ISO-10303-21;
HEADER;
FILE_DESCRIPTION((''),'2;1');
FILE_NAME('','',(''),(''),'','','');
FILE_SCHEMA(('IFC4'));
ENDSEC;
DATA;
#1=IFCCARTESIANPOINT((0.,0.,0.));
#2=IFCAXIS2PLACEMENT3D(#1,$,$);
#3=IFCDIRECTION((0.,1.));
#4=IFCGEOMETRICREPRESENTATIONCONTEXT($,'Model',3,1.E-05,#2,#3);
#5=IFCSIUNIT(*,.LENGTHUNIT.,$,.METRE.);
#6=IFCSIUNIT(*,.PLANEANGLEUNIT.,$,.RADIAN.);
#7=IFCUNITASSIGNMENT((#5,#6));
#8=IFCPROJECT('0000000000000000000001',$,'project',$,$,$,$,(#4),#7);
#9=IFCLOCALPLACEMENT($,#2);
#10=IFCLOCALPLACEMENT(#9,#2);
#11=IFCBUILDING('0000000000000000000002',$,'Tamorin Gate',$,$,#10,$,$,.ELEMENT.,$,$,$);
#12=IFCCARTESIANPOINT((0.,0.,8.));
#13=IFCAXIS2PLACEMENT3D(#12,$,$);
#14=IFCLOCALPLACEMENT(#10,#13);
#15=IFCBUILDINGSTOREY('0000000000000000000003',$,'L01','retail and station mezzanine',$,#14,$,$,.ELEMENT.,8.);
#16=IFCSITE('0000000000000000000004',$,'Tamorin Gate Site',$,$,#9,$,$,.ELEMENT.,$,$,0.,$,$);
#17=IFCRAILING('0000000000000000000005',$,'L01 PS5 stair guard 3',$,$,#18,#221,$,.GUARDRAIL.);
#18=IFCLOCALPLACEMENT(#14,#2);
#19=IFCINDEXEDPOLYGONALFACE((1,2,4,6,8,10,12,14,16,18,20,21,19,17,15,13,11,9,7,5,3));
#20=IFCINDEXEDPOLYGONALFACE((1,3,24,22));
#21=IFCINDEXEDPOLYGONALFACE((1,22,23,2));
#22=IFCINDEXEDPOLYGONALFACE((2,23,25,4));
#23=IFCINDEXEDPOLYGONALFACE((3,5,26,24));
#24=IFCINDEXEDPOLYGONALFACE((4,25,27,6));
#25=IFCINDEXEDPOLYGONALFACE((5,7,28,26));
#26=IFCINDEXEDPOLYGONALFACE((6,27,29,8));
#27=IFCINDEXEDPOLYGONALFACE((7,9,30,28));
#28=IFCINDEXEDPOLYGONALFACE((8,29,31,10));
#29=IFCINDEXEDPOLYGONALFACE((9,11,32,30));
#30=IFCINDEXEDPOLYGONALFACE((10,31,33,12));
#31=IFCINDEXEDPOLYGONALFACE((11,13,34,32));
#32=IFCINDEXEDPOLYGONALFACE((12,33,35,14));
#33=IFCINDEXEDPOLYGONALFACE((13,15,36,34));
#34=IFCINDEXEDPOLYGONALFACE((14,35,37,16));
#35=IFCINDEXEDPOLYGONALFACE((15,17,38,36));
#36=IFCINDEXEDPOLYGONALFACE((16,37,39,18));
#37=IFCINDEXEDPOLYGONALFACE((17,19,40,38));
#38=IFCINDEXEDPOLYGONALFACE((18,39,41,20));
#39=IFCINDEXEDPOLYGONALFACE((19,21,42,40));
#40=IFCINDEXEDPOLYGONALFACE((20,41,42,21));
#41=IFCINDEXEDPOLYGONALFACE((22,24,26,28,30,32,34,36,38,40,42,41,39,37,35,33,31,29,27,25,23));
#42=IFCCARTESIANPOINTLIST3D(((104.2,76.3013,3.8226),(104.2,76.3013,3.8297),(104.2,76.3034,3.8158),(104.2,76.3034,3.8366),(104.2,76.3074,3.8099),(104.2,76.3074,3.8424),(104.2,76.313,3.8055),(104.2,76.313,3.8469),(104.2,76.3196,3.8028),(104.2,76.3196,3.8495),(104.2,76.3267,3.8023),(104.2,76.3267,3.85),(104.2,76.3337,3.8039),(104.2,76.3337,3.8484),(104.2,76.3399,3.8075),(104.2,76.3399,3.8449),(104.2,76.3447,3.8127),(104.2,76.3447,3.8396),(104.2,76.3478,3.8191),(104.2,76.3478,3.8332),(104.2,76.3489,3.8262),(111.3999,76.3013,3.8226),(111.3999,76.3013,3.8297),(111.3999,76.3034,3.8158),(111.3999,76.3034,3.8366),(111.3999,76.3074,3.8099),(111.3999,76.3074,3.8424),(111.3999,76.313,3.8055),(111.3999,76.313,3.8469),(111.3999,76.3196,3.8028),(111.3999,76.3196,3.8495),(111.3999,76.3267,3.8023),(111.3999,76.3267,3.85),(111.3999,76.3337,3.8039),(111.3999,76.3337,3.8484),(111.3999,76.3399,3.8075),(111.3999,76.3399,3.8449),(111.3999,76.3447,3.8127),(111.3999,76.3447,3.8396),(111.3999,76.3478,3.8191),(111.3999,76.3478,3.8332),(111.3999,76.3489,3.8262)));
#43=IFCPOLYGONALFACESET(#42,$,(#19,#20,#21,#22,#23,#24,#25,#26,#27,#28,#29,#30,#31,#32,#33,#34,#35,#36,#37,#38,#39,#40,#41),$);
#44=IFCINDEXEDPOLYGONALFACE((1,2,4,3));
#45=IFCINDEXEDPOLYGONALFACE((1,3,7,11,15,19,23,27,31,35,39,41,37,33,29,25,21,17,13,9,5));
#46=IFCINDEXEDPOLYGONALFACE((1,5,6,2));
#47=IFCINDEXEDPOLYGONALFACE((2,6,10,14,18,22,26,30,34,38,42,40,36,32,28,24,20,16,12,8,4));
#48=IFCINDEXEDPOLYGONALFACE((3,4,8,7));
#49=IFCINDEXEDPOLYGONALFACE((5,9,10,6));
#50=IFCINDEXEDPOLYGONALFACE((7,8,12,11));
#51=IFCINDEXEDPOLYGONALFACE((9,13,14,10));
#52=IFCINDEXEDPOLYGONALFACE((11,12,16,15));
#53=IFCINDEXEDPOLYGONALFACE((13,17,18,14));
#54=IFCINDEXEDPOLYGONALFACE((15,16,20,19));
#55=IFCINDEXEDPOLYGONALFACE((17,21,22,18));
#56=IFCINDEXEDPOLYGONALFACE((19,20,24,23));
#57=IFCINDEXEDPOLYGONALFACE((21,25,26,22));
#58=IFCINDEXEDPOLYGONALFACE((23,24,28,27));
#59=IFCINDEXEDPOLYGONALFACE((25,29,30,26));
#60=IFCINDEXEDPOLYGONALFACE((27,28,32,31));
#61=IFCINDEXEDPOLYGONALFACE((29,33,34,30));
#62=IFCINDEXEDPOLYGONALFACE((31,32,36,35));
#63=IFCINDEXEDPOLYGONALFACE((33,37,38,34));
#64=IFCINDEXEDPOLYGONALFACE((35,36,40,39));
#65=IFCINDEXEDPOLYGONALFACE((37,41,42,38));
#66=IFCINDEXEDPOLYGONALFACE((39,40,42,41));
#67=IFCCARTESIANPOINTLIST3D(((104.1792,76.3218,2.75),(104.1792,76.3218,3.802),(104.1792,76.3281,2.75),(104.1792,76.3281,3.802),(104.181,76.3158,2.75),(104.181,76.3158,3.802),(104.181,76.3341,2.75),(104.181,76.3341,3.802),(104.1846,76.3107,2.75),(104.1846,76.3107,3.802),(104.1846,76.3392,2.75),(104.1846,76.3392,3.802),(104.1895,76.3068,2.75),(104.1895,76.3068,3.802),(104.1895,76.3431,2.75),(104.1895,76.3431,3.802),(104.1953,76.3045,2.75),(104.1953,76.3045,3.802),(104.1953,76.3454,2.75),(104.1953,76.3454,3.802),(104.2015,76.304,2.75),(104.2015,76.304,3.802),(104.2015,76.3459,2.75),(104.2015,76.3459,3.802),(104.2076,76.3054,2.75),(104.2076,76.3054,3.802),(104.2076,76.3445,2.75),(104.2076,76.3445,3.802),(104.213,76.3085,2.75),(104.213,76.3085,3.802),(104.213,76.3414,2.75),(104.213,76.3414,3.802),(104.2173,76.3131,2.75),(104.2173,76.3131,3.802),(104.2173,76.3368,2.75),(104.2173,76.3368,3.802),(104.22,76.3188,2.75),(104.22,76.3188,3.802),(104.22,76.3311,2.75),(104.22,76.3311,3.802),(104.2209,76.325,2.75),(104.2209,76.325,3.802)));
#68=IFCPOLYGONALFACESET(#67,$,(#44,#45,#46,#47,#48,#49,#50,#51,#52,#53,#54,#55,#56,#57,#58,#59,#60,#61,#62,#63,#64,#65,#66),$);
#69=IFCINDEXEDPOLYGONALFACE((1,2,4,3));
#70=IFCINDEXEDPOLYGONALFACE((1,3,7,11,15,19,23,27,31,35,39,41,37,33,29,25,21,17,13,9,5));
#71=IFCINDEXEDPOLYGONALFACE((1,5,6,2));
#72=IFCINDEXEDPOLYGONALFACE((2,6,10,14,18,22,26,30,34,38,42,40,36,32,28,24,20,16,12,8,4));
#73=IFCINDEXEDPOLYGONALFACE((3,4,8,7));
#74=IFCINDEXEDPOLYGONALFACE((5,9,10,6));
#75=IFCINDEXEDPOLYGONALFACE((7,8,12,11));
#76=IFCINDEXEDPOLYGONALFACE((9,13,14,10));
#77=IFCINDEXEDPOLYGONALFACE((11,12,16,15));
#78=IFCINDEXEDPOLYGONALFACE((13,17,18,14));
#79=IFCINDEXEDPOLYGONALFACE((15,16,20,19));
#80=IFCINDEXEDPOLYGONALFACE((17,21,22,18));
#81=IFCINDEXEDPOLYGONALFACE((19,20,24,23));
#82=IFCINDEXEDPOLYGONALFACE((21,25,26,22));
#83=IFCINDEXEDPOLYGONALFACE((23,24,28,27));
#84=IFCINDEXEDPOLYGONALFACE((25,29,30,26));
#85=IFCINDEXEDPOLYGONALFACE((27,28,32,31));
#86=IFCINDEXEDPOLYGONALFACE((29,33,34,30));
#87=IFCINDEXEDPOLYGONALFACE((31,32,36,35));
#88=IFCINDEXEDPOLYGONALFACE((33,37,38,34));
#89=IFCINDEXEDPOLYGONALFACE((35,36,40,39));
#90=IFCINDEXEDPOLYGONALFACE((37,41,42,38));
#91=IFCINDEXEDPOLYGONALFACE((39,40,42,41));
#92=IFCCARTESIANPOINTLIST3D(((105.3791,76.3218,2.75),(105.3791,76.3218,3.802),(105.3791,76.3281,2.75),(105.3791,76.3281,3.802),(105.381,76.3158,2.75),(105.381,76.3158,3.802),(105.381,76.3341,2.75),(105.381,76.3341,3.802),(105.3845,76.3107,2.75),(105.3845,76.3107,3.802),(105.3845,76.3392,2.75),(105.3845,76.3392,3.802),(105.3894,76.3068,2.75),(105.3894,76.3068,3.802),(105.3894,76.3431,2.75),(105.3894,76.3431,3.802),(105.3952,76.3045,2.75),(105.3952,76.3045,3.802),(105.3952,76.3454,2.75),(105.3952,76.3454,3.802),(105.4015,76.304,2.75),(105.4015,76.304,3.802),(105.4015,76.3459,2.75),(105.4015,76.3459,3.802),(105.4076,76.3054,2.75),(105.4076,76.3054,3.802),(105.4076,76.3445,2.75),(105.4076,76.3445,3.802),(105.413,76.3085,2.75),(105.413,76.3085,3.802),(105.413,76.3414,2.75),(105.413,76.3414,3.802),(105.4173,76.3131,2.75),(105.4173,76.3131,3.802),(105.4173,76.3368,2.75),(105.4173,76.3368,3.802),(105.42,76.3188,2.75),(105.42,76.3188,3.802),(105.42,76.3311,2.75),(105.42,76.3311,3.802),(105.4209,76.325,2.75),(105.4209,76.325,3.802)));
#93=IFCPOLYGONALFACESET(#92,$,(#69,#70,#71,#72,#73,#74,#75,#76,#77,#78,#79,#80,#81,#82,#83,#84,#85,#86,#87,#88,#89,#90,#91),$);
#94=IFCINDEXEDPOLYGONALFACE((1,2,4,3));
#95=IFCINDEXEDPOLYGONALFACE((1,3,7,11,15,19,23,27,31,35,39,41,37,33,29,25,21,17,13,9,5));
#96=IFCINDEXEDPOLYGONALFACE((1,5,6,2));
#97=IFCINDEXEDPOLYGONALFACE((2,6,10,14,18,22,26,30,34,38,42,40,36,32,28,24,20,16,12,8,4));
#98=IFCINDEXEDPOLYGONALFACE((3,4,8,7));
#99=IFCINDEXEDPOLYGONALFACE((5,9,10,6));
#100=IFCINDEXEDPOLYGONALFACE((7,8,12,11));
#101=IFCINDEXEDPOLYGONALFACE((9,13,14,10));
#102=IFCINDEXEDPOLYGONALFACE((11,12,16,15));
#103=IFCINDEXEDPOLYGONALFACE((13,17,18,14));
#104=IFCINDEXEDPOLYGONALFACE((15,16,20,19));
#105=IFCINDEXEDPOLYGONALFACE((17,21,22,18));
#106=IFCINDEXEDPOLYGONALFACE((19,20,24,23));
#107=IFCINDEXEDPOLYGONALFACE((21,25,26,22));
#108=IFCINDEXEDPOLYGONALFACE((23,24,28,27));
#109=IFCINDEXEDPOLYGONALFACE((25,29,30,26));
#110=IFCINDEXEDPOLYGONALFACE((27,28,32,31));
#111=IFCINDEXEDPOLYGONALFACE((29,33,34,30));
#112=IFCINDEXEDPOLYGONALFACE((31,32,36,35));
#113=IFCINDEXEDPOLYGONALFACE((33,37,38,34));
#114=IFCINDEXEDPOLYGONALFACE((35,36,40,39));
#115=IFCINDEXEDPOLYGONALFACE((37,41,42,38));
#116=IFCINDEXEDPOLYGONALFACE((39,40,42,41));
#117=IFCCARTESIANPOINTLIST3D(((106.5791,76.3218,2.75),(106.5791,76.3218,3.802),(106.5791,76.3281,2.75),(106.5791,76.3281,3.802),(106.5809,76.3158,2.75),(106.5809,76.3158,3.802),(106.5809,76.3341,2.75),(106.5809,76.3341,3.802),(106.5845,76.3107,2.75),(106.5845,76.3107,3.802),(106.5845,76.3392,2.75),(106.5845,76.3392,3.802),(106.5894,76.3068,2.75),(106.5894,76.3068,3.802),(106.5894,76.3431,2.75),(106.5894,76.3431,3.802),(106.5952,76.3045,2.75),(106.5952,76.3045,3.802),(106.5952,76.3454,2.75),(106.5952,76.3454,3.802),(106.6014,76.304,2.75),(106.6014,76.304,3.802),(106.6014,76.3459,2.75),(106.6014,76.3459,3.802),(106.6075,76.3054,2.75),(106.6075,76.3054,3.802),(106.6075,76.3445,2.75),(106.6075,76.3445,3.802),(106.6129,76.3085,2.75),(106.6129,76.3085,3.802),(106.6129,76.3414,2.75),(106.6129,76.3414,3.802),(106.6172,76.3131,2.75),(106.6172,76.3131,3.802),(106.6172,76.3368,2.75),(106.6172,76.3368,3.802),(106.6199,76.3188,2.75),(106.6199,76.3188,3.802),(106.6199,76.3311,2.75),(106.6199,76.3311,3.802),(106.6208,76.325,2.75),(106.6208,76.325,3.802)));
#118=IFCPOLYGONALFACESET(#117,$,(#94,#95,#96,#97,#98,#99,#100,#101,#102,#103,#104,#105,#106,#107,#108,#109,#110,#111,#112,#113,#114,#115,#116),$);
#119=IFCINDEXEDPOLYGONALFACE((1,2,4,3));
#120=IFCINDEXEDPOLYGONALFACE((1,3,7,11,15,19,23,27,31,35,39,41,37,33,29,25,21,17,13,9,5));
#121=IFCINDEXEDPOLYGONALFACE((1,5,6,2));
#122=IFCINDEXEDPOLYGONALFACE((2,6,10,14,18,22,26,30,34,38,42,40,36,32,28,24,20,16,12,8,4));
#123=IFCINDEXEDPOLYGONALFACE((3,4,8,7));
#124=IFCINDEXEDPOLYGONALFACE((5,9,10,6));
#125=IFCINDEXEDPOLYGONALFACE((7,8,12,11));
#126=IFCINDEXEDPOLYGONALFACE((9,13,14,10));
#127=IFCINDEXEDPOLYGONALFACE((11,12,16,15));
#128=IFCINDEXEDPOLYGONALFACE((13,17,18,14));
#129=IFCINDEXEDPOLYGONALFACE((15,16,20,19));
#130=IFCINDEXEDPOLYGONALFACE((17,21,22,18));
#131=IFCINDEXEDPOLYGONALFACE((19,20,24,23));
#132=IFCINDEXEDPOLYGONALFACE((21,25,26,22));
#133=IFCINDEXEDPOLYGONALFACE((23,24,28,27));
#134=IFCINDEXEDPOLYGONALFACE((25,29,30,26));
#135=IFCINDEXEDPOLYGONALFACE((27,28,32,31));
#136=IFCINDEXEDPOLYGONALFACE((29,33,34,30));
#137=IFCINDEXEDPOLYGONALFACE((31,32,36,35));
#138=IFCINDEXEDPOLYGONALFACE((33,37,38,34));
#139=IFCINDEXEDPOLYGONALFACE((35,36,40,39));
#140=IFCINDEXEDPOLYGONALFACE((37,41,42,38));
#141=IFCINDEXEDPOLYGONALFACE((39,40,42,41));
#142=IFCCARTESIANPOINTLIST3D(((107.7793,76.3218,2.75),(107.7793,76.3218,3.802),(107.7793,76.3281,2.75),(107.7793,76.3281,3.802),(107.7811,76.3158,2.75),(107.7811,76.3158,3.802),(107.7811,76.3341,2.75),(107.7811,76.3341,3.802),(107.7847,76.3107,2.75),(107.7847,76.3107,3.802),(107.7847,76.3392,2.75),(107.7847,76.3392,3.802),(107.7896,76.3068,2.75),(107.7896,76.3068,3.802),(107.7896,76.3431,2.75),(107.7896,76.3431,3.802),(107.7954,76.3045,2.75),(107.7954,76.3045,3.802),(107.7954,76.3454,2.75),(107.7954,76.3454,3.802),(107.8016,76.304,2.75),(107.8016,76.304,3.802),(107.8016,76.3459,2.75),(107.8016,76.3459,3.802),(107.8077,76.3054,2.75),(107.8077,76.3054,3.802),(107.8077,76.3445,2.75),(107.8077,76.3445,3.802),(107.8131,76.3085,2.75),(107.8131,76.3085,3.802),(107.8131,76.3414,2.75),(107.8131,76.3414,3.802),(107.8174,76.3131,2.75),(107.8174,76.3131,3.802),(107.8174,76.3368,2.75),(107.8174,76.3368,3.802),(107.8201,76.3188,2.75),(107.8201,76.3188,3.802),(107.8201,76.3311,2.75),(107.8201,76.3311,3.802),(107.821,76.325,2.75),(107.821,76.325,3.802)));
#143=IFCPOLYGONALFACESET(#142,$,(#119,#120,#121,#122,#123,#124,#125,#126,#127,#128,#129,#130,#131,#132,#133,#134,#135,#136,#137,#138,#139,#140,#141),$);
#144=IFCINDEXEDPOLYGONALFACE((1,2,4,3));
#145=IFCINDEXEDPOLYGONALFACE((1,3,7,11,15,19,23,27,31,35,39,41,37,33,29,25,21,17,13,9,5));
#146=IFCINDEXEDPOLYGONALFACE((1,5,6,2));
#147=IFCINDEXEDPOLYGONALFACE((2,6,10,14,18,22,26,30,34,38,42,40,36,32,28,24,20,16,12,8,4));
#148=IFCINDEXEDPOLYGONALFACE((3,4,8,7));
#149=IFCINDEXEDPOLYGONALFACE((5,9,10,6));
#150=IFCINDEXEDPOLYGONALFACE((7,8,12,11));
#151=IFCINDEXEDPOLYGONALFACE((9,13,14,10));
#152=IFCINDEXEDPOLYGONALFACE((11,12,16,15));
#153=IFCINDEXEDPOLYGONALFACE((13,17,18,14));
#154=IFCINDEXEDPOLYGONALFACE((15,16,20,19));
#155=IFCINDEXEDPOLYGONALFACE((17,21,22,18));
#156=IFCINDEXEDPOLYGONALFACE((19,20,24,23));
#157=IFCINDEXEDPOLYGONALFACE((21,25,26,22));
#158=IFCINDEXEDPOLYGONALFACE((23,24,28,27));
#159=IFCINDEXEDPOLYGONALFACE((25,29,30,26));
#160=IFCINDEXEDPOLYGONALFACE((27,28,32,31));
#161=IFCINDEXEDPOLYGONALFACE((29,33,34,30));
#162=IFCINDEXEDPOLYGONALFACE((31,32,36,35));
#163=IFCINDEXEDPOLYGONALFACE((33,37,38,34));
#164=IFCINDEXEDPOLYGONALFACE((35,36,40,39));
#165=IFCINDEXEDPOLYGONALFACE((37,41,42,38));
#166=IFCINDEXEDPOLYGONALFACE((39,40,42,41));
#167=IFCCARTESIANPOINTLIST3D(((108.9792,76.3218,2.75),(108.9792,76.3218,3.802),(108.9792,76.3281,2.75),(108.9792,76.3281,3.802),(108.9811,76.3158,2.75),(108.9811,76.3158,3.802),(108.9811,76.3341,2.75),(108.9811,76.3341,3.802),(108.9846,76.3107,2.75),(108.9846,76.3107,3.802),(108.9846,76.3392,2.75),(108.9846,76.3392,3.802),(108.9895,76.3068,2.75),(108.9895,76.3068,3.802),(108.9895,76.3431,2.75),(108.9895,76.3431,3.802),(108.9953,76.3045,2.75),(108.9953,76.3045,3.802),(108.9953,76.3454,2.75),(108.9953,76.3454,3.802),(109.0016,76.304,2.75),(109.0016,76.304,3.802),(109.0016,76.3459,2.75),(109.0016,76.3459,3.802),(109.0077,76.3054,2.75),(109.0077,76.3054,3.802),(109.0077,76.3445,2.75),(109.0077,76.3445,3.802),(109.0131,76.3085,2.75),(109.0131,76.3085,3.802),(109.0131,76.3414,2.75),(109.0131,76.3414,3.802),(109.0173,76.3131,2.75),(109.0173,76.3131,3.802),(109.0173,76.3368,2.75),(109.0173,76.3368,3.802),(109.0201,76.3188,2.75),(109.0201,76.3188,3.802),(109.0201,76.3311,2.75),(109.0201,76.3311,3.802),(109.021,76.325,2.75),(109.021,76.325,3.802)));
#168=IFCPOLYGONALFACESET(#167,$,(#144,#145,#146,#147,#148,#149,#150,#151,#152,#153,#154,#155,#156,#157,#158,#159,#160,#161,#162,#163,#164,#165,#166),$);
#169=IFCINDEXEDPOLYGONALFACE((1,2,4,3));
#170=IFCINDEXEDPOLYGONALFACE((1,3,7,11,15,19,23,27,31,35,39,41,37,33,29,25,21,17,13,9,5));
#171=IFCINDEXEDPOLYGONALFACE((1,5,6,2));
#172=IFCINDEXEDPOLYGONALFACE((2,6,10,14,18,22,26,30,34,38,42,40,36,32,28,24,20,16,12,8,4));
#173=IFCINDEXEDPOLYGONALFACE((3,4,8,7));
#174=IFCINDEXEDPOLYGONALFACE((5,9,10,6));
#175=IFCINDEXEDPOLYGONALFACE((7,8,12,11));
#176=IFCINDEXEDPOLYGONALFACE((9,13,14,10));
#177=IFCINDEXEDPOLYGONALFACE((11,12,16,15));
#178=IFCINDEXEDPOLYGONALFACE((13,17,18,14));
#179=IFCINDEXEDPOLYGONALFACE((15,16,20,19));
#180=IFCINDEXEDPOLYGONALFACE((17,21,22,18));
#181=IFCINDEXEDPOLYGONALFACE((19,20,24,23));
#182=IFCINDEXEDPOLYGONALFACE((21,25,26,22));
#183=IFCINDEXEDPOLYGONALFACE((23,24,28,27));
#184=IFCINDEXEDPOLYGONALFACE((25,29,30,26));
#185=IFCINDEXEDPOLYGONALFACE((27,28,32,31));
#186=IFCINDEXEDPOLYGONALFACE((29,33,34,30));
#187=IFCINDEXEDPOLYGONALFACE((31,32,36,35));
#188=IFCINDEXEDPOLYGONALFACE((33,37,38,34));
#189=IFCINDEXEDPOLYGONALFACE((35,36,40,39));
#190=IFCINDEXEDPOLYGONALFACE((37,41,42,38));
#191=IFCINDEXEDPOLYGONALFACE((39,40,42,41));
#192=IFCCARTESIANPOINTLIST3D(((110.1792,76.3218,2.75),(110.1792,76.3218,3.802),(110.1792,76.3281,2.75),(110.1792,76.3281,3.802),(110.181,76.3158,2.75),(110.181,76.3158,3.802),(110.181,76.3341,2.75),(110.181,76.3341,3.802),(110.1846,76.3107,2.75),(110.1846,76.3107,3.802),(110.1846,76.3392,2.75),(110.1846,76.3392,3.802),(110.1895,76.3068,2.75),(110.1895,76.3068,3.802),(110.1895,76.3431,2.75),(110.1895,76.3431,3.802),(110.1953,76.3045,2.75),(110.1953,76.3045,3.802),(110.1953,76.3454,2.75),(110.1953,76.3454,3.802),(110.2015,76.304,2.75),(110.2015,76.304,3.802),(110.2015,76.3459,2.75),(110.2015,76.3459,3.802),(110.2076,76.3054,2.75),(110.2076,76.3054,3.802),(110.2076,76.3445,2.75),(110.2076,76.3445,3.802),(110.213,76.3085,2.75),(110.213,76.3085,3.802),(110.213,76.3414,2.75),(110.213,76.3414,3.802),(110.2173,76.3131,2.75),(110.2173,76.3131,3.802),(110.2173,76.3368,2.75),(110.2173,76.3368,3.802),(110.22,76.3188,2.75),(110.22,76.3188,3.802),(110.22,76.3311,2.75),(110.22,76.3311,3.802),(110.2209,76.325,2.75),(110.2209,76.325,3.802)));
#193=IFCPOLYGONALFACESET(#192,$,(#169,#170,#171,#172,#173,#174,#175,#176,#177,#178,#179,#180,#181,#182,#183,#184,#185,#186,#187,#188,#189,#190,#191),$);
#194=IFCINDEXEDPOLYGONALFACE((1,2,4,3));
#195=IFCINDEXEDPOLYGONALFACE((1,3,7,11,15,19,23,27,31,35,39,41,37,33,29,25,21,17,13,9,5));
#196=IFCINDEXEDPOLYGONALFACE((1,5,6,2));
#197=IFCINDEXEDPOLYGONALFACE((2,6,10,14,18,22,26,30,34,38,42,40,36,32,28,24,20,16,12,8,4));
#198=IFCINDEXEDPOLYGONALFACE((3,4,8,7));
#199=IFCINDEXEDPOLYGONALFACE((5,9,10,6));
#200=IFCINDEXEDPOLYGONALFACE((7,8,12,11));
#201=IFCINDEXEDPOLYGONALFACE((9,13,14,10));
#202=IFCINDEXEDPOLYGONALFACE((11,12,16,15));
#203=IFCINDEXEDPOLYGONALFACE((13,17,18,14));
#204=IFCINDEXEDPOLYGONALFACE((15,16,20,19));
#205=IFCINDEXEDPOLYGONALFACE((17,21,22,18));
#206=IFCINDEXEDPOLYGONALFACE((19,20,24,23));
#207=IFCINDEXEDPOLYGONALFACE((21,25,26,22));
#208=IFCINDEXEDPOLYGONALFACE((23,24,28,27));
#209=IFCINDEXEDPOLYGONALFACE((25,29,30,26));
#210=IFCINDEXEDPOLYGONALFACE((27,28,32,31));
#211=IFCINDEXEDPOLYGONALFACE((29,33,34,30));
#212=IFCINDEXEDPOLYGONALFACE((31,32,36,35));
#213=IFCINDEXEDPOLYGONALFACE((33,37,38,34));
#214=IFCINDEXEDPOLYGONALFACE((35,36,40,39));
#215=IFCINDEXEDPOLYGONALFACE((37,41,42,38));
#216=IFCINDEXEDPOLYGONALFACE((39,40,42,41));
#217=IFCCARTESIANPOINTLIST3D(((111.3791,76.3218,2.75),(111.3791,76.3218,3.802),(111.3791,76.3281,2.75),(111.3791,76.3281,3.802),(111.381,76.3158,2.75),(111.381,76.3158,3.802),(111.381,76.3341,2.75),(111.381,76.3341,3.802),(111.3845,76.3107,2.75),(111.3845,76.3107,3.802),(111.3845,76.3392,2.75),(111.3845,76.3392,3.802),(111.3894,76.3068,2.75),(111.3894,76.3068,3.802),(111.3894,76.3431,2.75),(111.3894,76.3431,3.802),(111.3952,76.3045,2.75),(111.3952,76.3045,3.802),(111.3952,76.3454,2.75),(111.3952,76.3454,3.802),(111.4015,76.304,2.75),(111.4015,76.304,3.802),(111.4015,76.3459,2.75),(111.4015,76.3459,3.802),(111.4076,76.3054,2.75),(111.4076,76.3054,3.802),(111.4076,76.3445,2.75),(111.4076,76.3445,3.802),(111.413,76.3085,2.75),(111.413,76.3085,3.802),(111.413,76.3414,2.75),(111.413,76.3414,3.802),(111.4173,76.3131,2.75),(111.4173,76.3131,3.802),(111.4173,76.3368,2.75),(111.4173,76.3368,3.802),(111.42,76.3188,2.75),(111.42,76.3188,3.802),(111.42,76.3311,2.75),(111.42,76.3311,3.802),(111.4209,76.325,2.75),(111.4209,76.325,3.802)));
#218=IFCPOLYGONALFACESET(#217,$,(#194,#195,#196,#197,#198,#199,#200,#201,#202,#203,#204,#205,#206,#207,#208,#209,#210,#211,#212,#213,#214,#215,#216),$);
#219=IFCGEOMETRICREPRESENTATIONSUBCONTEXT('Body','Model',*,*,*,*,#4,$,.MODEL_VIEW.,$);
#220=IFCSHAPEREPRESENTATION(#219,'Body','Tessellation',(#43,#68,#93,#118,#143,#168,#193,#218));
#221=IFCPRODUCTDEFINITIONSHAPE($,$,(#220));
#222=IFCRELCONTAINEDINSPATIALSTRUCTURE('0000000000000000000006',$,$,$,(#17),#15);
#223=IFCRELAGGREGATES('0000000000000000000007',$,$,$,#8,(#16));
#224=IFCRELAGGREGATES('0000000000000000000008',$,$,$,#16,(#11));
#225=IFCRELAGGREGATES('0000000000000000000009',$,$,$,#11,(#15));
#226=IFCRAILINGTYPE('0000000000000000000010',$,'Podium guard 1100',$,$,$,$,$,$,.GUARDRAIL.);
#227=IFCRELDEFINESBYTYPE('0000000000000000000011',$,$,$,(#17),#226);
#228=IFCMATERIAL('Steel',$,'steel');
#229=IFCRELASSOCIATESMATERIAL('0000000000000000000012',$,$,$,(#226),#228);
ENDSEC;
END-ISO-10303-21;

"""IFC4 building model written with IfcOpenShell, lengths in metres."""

from ifc_helpers import new_model, si_unit, direction, frame, origin, origin_2d, place, context, subcontext, project, spatial, circle, extrude, material, type_object, element, save


model = new_model("IFC4")

# Units and contexts
model_context = context("Model", 3, precision=1e-05, world=origin(), true_north=direction((0.0, 1.0)))
body_context = subcontext(model_context, "Body", "Model", "MODEL_VIEW")
ifc_project = project(units=[si_unit("LENGTHUNIT", "METRE"), si_unit("PLANEANGLEUNIT", "RADIAN")], contexts=[model_context])

# Site, building, storey
site_placement = place(None, origin())
site = spatial("IfcSite", under=ifc_project, at=site_placement, Name="Tamorin Gate Site", CompositionType="ELEMENT", RefElevation=0.0)
building_placement = place(site_placement, origin())
building = spatial("IfcBuilding", under=site, at=building_placement, Name="Tamorin Gate", CompositionType="ELEMENT")
storey_placement = place(building_placement, frame((0.0, 0.0, 8.0)))
storey = spatial("IfcBuildingStorey", under=building, at=storey_placement, Name="L01", Description="retail and station mezzanine", CompositionType="ELEMENT", Elevation=8.0)

# Railing
ifc_material_1 = material(Name="Steel", Category="steel")
railing_type_1 = type_object("IfcRailingType", Name="Podium guard 1100", PredefinedType="GUARDRAIL", material=ifc_material_1)
railing_1_placement = place(storey_placement, frame((104.2, 76.325, 2.75)))
element("IfcRailing", 1, at=railing_1_placement, inside=storey, type_object=railing_type_1, Name="L01 PS5 stair guard 3", PredefinedType="GUARDRAIL", context=body_context, shape_type="SweptSolid", body=[
    extrude(circle(Radius=0.0239, at=origin_2d()), frame((0.0, 0.0, 1.0762), z_axis=(1.0, 0.0, 0.0), x_axis=(0.0, 1.0, 0.0)), (0.0, 0.0, 1.0), 7.2),
    extrude(circle(Radius=0.021, at=origin_2d()), origin(), (0.0, 0.0, 1.0), 1.052),
    extrude(circle(Radius=0.021, at=origin_2d()), frame((1.2, 0.0, 0.0)), (0.0, 0.0, 1.0), 1.052),
    extrude(circle(Radius=0.021, at=origin_2d()), frame((2.3999, 0.0, 0.0)), (0.0, 0.0, 1.0), 1.052),
    extrude(circle(Radius=0.021, at=origin_2d()), frame((3.6001, 0.0, 0.0)), (0.0, 0.0, 1.0), 1.052),
    extrude(circle(Radius=0.021, at=origin_2d()), frame((4.8, 0.0, 0.0)), (0.0, 0.0, 1.0), 1.052),
    extrude(circle(Radius=0.021, at=origin_2d()), frame((6.0, 0.0, 0.0)), (0.0, 0.0, 1.0), 1.052),
    extrude(circle(Radius=0.021, at=origin_2d()), frame((7.2, 0.0, 0.0)), (0.0, 0.0, 1.0), 1.052),
])

save(model, "model.ifc")
